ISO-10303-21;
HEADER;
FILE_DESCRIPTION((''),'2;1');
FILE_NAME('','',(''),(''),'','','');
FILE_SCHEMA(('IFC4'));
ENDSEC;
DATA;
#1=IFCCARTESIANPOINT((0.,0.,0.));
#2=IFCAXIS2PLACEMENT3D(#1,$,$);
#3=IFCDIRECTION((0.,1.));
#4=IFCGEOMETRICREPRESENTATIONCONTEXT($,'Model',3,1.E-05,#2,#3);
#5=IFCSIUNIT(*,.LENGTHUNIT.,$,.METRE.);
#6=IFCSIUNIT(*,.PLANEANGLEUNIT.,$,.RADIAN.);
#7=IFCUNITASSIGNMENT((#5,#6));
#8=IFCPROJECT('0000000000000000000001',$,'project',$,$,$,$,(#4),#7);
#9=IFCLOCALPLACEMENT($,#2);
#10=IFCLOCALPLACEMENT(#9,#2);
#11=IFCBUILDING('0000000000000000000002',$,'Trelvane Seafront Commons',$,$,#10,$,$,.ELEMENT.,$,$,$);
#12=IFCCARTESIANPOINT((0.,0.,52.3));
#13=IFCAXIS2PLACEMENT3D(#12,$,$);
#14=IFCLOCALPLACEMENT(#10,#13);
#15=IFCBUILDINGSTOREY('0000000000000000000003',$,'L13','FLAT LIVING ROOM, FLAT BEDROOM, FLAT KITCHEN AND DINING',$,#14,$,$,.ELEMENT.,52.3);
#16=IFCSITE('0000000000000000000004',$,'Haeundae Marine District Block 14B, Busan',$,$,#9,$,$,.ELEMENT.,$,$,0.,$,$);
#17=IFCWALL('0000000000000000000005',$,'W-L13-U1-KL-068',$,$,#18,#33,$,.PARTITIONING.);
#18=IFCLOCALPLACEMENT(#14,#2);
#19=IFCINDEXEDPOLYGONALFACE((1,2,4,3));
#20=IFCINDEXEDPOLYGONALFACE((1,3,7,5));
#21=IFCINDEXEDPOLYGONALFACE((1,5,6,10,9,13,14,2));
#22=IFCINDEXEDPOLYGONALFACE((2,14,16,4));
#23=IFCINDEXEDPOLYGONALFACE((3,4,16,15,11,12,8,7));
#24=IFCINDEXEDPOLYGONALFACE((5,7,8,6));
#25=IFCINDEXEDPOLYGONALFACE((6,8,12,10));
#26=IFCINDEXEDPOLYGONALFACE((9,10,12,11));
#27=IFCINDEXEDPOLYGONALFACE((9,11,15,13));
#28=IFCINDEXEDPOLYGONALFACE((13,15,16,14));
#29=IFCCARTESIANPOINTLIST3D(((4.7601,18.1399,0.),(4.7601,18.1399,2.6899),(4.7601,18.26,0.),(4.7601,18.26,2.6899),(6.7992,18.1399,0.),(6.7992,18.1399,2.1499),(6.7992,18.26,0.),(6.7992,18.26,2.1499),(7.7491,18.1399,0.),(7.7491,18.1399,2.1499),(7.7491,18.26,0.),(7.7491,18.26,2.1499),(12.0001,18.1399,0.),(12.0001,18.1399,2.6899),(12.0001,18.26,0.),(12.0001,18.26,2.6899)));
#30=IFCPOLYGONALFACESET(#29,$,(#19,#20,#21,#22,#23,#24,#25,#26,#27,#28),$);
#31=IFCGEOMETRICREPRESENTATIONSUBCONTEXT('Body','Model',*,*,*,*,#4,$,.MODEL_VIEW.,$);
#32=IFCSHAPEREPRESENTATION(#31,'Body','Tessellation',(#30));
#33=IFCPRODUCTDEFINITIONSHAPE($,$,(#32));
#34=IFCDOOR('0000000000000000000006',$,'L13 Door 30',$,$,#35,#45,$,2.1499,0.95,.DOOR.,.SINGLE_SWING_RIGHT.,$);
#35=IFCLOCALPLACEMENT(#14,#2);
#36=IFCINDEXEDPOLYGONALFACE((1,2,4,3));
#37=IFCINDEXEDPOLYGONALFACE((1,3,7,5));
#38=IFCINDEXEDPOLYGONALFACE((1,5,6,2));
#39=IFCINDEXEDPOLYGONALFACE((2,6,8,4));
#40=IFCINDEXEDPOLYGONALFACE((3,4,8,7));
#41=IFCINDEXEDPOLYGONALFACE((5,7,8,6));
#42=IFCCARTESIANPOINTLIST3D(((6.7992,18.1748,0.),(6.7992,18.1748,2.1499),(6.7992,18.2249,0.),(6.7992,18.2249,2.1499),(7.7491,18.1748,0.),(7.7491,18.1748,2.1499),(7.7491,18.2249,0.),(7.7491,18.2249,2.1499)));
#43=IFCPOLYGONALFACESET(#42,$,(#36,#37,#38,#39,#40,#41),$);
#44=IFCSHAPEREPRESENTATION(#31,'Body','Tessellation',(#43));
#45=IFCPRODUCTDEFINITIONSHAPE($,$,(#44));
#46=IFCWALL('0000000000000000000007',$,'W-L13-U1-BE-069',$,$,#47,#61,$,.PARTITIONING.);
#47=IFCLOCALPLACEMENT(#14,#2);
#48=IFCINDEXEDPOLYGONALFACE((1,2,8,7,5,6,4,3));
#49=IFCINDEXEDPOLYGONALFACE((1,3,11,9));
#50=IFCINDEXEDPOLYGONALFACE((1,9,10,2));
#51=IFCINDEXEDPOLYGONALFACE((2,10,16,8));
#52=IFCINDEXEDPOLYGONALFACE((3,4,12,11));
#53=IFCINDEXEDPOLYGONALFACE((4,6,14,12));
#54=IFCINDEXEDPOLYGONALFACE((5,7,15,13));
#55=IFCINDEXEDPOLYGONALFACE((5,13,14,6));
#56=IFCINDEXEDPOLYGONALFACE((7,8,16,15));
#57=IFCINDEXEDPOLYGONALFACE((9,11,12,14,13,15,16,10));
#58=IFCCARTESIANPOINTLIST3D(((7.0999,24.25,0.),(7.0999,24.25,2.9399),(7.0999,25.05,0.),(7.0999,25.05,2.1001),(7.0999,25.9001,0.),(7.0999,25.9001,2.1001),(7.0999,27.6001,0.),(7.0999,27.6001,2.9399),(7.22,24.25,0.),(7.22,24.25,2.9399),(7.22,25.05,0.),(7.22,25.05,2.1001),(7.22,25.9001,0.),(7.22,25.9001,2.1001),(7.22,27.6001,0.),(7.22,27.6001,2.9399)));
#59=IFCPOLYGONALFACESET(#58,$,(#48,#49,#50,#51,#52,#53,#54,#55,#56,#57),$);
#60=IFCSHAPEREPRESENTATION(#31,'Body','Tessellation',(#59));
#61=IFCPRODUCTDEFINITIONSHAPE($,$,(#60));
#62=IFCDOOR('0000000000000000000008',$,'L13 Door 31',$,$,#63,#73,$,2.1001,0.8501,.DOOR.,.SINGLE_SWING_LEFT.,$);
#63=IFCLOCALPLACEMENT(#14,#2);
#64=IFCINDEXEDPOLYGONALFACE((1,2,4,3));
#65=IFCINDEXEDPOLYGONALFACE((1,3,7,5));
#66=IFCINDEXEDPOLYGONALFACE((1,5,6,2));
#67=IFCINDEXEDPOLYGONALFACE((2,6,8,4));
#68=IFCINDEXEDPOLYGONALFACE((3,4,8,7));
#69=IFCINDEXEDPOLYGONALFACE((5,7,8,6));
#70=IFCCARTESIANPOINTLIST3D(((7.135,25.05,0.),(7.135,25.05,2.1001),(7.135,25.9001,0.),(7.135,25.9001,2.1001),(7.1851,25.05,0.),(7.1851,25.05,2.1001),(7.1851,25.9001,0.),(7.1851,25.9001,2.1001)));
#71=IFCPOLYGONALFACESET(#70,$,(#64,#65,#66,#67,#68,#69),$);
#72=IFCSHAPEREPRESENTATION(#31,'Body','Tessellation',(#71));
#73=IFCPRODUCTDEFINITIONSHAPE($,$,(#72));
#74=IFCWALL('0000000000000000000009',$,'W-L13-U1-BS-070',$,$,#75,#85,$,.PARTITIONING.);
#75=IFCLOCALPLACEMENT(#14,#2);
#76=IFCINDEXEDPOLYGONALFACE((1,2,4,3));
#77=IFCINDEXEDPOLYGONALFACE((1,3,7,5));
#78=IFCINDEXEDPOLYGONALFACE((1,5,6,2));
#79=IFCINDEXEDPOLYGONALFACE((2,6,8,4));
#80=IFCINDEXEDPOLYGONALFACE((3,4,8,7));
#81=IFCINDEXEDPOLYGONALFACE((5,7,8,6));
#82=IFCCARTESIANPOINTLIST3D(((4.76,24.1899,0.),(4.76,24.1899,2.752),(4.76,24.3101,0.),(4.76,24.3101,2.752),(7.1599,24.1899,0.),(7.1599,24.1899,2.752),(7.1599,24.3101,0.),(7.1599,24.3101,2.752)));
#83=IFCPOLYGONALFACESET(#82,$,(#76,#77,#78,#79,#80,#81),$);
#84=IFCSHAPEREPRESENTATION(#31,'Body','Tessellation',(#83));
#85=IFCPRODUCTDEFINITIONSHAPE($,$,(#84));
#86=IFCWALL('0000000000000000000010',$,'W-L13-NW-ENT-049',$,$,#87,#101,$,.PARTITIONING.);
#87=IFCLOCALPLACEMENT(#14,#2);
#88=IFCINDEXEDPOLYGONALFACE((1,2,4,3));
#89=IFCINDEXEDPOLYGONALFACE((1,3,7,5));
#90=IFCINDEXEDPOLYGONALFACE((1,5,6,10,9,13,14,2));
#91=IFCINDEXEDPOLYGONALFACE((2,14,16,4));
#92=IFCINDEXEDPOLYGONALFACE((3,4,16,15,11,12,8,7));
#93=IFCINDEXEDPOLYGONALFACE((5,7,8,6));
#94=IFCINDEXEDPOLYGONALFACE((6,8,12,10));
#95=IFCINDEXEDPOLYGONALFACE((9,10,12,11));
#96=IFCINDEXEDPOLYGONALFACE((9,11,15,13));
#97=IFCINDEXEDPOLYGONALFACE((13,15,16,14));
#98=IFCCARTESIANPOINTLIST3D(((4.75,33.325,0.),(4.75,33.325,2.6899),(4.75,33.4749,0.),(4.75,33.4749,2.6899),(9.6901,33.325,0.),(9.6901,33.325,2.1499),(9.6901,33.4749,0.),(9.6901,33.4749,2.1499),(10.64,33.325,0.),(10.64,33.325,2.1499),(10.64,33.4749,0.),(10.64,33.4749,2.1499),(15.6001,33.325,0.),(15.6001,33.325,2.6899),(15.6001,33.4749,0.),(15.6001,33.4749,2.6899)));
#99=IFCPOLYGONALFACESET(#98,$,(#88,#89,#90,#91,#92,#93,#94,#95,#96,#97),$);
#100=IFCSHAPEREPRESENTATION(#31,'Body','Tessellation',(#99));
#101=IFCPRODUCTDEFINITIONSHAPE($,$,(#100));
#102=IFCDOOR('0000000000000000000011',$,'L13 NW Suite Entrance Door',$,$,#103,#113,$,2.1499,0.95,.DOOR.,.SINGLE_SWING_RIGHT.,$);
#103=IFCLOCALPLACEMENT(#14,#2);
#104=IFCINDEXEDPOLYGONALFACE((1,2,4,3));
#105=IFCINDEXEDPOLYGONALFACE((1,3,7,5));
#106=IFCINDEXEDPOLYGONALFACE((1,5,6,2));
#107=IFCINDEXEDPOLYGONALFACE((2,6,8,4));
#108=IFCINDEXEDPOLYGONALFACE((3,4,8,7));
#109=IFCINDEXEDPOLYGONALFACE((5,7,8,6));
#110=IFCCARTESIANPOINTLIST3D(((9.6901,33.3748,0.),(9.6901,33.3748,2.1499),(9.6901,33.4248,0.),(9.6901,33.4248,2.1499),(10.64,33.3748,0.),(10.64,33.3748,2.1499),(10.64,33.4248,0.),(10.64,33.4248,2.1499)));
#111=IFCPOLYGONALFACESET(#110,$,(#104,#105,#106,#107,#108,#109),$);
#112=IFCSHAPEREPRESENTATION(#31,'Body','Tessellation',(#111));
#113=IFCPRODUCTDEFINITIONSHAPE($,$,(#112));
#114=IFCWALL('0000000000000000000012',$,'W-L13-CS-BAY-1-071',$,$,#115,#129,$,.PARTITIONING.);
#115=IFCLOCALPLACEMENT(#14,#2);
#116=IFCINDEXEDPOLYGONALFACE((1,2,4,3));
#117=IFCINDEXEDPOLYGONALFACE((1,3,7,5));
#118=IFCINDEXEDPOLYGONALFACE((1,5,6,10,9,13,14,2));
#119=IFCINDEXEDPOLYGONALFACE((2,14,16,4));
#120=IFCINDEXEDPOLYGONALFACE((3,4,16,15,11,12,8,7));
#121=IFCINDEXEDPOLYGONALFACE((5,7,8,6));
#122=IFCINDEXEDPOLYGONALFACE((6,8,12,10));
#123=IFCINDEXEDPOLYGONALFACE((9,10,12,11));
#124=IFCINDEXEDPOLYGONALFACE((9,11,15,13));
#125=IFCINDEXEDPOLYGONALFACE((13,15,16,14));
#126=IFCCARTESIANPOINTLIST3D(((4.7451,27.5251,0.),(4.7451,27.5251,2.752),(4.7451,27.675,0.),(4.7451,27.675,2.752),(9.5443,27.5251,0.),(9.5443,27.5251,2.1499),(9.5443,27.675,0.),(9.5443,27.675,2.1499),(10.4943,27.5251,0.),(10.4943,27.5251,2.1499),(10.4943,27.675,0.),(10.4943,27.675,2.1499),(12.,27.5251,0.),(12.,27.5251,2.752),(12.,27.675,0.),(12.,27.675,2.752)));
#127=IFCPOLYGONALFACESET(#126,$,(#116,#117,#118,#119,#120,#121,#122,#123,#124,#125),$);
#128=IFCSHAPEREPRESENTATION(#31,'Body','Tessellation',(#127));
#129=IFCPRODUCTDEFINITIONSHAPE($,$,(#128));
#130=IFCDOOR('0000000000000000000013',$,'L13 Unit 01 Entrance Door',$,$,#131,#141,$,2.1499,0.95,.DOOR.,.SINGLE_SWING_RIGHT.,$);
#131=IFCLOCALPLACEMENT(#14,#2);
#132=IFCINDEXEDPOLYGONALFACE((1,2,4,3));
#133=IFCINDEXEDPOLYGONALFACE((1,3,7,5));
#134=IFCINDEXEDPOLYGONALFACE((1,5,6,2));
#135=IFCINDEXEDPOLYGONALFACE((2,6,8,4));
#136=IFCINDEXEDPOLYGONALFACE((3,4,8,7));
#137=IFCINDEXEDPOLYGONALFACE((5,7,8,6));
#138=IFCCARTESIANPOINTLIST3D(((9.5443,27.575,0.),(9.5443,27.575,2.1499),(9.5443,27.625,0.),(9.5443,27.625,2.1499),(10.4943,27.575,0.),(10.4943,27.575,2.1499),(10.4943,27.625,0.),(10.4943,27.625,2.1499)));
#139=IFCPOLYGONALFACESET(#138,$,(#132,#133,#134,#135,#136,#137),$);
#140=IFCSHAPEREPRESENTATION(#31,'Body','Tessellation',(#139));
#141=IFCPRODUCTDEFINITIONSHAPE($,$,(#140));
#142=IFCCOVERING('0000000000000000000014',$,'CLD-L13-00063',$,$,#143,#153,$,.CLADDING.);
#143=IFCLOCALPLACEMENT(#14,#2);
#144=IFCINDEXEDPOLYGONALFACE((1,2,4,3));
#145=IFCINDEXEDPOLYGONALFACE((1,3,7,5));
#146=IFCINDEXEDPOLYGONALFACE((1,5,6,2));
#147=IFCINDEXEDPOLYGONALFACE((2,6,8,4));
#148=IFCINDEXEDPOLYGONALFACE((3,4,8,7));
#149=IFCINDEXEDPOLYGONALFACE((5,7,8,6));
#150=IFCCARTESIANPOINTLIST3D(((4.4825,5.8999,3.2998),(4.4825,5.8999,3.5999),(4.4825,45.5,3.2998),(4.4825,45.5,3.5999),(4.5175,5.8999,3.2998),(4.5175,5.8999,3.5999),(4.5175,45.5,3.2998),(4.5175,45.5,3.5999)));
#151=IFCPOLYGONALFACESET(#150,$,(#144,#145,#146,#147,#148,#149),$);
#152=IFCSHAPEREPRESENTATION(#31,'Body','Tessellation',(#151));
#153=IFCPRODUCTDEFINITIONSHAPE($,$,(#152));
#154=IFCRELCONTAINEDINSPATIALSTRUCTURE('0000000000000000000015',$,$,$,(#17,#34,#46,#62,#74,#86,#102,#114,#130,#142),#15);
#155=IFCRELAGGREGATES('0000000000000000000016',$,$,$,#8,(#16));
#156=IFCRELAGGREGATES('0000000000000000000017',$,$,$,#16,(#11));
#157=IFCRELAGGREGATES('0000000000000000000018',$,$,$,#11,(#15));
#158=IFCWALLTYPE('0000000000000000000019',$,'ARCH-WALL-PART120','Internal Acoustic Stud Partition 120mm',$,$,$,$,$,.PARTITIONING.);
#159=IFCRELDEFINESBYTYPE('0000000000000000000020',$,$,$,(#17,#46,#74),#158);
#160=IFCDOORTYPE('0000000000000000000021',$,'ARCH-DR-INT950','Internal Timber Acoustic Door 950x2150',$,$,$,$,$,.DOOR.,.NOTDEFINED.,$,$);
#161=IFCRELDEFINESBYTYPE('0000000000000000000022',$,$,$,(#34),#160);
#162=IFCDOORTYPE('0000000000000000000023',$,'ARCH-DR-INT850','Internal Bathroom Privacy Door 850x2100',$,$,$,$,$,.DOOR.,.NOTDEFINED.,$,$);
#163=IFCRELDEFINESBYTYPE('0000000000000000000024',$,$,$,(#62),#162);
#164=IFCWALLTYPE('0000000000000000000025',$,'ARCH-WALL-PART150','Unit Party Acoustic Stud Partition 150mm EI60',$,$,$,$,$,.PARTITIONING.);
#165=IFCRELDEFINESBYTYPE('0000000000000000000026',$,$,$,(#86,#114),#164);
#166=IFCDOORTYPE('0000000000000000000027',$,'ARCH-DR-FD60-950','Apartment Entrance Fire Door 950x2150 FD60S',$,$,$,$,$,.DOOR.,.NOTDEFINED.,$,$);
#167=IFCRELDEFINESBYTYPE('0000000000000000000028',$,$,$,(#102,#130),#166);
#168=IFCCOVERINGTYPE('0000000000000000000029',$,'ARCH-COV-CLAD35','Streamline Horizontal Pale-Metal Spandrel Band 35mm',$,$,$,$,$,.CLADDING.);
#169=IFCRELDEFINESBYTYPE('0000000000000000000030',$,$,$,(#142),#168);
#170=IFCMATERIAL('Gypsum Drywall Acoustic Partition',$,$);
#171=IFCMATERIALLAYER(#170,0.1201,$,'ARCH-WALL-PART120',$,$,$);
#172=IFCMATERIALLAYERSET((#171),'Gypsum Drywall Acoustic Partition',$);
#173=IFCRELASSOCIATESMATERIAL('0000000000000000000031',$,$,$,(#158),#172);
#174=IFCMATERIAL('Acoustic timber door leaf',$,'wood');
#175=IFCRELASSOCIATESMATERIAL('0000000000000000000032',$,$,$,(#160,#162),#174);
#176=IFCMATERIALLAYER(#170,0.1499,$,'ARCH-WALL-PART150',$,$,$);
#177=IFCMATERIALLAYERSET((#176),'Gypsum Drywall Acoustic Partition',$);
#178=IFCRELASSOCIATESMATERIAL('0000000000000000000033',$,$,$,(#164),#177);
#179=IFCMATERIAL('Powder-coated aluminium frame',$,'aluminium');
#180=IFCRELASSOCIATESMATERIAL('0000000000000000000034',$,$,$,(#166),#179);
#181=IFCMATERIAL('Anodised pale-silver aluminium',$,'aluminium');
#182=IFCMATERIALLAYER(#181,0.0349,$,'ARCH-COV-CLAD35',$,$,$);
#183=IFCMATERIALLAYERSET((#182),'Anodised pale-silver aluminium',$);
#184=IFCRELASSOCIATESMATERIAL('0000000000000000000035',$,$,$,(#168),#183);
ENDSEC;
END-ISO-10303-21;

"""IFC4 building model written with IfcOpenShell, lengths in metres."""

from ifc_helpers import new_model, si_unit, direction, frame, frame_2d, origin, origin_2d, place, context, subcontext, project, spatial, rectangle, extrude, source, transform, mapped, material, layer, layer_set, type_object, element, fill, save


model = new_model("IFC4")

# Units and contexts
model_context = context("Model", 3, precision=1e-05, world=origin(), true_north=direction((0.0, 1.0)))
body_context = subcontext(model_context, "Body", "Model", "MODEL_VIEW")
ifc_project = project(units=[si_unit("LENGTHUNIT", "METRE"), si_unit("PLANEANGLEUNIT", "RADIAN")], contexts=[model_context])

# Site, building, storey
site_placement = place(None, origin())
site = spatial("IfcSite", under=ifc_project, at=site_placement, Name="Haeundae Marine District Block 14B, Busan", CompositionType="ELEMENT", RefElevation=0.0)
building_placement = place(site_placement, origin())
building = spatial("IfcBuilding", under=site, at=building_placement, Name="Trelvane Seafront Commons", CompositionType="ELEMENT")
storey_placement = place(building_placement, frame((0.0, 0.0, 52.3)))
storey = spatial("IfcBuildingStorey", under=building, at=storey_placement, Name="L13", Description="FLAT LIVING ROOM, FLAT BEDROOM, FLAT KITCHEN AND DINING", CompositionType="ELEMENT", Elevation=52.3)

# Walls, openings, doors
ifc_material_1 = material(Name="Gypsum Drywall Acoustic Partition")
ifc_layer_1 = layer(ifc_material_1, 0.1201, Name="ARCH-WALL-PART120")
ifc_layer_set_1 = layer_set([ifc_layer_1], Name="Gypsum Drywall Acoustic Partition")
wall_type_1 = type_object("IfcWallType", Name="ARCH-WALL-PART120", Description="Internal Acoustic Stud Partition 120mm", PredefinedType="PARTITIONING", material=ifc_layer_set_1)
ifc_material_2 = material(Name="Acoustic timber door leaf", Category="wood")
door_type_1 = type_object("IfcDoorType", Name="ARCH-DR-INT950", Description="Internal Timber Acoustic Door 950x2150", OperationType="NOTDEFINED", PredefinedType="DOOR", material=ifc_material_2)
shared_shape_1 = source(origin(), body_context, "Body", "SweptSolid", [
    extrude(rectangle(XDim=0.95, YDim=2.1499, at=frame_2d((0.4751, 1.075))), frame((0.0, 0.0249, 0.0), z_axis=(0.0, -1.0, 0.0), x_axis=(1.0, 0.0, 0.0)), (0.0, 0.0, 1.0), 0.05),
])
wall_1_placement = place(storey_placement, frame((4.76, 18.2, 0.0), z_axis=(0.0, 0.0, 1.0), x_axis=(1.0, 0.0, 0.0)))
wall_1 = element("IfcWall", 1, at=wall_1_placement, inside=storey, type_object=wall_type_1, Name="W-L13-U1-KL-068", PredefinedType="PARTITIONING", context=body_context, shape_type="SweptSolid", body=[
    extrude(rectangle(XDim=7.24, YDim=0.1201, at=frame_2d((3.6201, 0.0))), origin(), (0.0, 0.0, 1.0), 2.6899),
])
opening_1_placement = place(wall_1_placement, frame((2.0391, 0.0, 0.0)))
opening_1 = element("IfcOpeningElement", 2, at=opening_1_placement, cuts=wall_1, PredefinedType="OPENING", context=body_context, shape_type="SweptSolid", body=[
    extrude(rectangle(XDim=0.95, YDim=2.1499, at=frame_2d((0.4751, 1.075))), frame((0.0, 0.0701, 0.0), z_axis=(0.0, -1.0, 0.0), x_axis=(1.0, 0.0, 0.0)), (0.0, 0.0, 1.0), 0.1401),
])
door_1_placement = place(opening_1_placement, origin())
door_1 = element("IfcDoor", 3, at=door_1_placement, inside=storey, type_object=door_type_1, Name="L13 Door 30", OperationType="SINGLE_SWING_RIGHT", OverallHeight=2.1499, OverallWidth=0.95, PredefinedType="DOOR", context=body_context, shape_type="MappedRepresentation", body=[
    mapped(shared_shape_1, transform((0.0, 0.0, 0.0), x_axis=(1.0, 0.0, 0.0), y_axis=(0.0, 1.0, 0.0), z_axis=(0.0, 0.0, 1.0), scale=1.0)),
])
fill(opening_1, door_1)
wall_2_placement = place(storey_placement, frame((7.1599, 24.25, 0.0), z_axis=(0.0, 0.0, 1.0), x_axis=(0.0, 1.0, 0.0)))
wall_2 = element("IfcWall", 4, at=wall_2_placement, inside=storey, type_object=wall_type_1, Name="W-L13-U1-BE-069", PredefinedType="PARTITIONING", context=body_context, shape_type="SweptSolid", body=[
    extrude(rectangle(XDim=3.3501, YDim=0.1201, at=frame_2d((1.675, 0.0))), origin(), (0.0, 0.0, 1.0), 2.9399),
])
opening_2_placement = place(wall_2_placement, frame((0.8, 0.0, 0.0)))
opening_2 = element("IfcOpeningElement", 5, at=opening_2_placement, cuts=wall_2, PredefinedType="OPENING", context=body_context, shape_type="SweptSolid", body=[
    extrude(rectangle(XDim=0.8501, YDim=2.1001, at=frame_2d((0.425, 1.05))), frame((0.0, 0.0701, 0.0), z_axis=(0.0, -1.0, 0.0), x_axis=(1.0, 0.0, 0.0)), (0.0, 0.0, 1.0), 0.1401),
])
door_type_2 = type_object("IfcDoorType", Name="ARCH-DR-INT850", Description="Internal Bathroom Privacy Door 850x2100", OperationType="NOTDEFINED", PredefinedType="DOOR", material=ifc_material_2)
shared_shape_2 = source(origin(), body_context, "Body", "SweptSolid", [
    extrude(rectangle(XDim=0.8501, YDim=2.1001, at=frame_2d((0.425, 1.05))), frame((0.0, 0.0249, 0.0), z_axis=(0.0, -1.0, 0.0), x_axis=(1.0, 0.0, 0.0)), (0.0, 0.0, 1.0), 0.05),
])
door_2_placement = place(opening_2_placement, origin())
door_2 = element("IfcDoor", 6, at=door_2_placement, inside=storey, type_object=door_type_2, Name="L13 Door 31", OperationType="SINGLE_SWING_LEFT", OverallHeight=2.1001, OverallWidth=0.8501, PredefinedType="DOOR", context=body_context, shape_type="MappedRepresentation", body=[
    mapped(shared_shape_2, transform((0.0, 0.0, 0.0), x_axis=(1.0, 0.0, 0.0), y_axis=(0.0, 1.0, 0.0), z_axis=(0.0, 0.0, 1.0), scale=1.0)),
])
fill(opening_2, door_2)

# Wall
wall_3_placement = place(storey_placement, frame((4.76, 24.25, 0.0), z_axis=(0.0, 0.0, 1.0), x_axis=(1.0, 0.0, 0.0)))
element("IfcWall", 7, at=wall_3_placement, inside=storey, type_object=wall_type_1, Name="W-L13-U1-BS-070", PredefinedType="PARTITIONING", context=body_context, shape_type="SweptSolid", body=[
    extrude(rectangle(XDim=2.3999, YDim=0.1201, at=frame_2d((1.2, 0.0))), origin(), (0.0, 0.0, 1.0), 2.752),
])

# Walls, openings, doors
ifc_layer_2 = layer(ifc_material_1, 0.1499, Name="ARCH-WALL-PART150")
ifc_layer_set_2 = layer_set([ifc_layer_2], Name="Gypsum Drywall Acoustic Partition")
wall_type_2 = type_object("IfcWallType", Name="ARCH-WALL-PART150", Description="Unit Party Acoustic Stud Partition 150mm EI60", PredefinedType="PARTITIONING", material=ifc_layer_set_2)
wall_4_placement = place(storey_placement, frame((4.75, 33.3999, 0.0), z_axis=(0.0, 0.0, 1.0), x_axis=(1.0, 0.0, 0.0)))
wall_4 = element("IfcWall", 8, at=wall_4_placement, inside=storey, type_object=wall_type_2, Name="W-L13-NW-ENT-049", PredefinedType="PARTITIONING", context=body_context, shape_type="SweptSolid", body=[
    extrude(rectangle(XDim=10.8501, YDim=0.1499, at=frame_2d((5.425, 0.0))), origin(), (0.0, 0.0, 1.0), 2.6899),
])
opening_3_placement = place(wall_4_placement, frame((4.9399, 0.0, 0.0)))
opening_3 = element("IfcOpeningElement", 9, at=opening_3_placement, cuts=wall_4, PredefinedType="OPENING", context=body_context, shape_type="SweptSolid", body=[
    extrude(rectangle(XDim=0.95, YDim=2.1499, at=frame_2d((0.4751, 1.075))), frame((0.0, 0.085, 0.0), z_axis=(0.0, -1.0, 0.0), x_axis=(1.0, 0.0, 0.0)), (0.0, 0.0, 1.0), 0.1699),
])
ifc_material_3 = material(Name="Powder-coated aluminium frame", Category="aluminium")
door_type_3 = type_object("IfcDoorType", Name="ARCH-DR-FD60-950", Description="Apartment Entrance Fire Door 950x2150 FD60S", OperationType="NOTDEFINED", PredefinedType="DOOR", material=ifc_material_3)
door_3_placement = place(opening_3_placement, origin())
door_3 = element("IfcDoor", 10, at=door_3_placement, inside=storey, type_object=door_type_3, Name="L13 NW Suite Entrance Door", OperationType="SINGLE_SWING_RIGHT", OverallHeight=2.1499, OverallWidth=0.95, PredefinedType="DOOR", context=body_context, shape_type="MappedRepresentation", body=[
    mapped(shared_shape_1, transform((0.0, 0.0, 0.0), x_axis=(1.0, 0.0, 0.0), y_axis=(0.0, 1.0, 0.0), z_axis=(0.0, 0.0, 1.0), scale=1.0)),
])
fill(opening_3, door_3)
wall_5_placement = place(storey_placement, frame((4.7451, 27.6001, 0.0), z_axis=(0.0, 0.0, 1.0), x_axis=(1.0, 0.0, 0.0)))
wall_5 = element("IfcWall", 11, at=wall_5_placement, inside=storey, type_object=wall_type_2, Name="W-L13-CS-BAY-1-071", PredefinedType="PARTITIONING", context=body_context, shape_type="SweptSolid", body=[
    extrude(rectangle(XDim=7.2549, YDim=0.1499, at=frame_2d((3.6274, 0.0))), origin(), (0.0, 0.0, 1.0), 2.752),
])
opening_4_placement = place(wall_5_placement, frame((4.7991, 0.0, 0.0)))
opening_4 = element("IfcOpeningElement", 12, at=opening_4_placement, cuts=wall_5, PredefinedType="OPENING", context=body_context, shape_type="SweptSolid", body=[
    extrude(rectangle(XDim=0.95, YDim=2.1499, at=frame_2d((0.4751, 1.075))), frame((0.0, 0.085, 0.0), z_axis=(0.0, -1.0, 0.0), x_axis=(1.0, 0.0, 0.0)), (0.0, 0.0, 1.0), 0.1699),
])
door_4_placement = place(opening_4_placement, origin())
door_4 = element("IfcDoor", 13, at=door_4_placement, inside=storey, type_object=door_type_3, Name="L13 Unit 01 Entrance Door", OperationType="SINGLE_SWING_RIGHT", OverallHeight=2.1499, OverallWidth=0.95, PredefinedType="DOOR", context=body_context, shape_type="MappedRepresentation", body=[
    mapped(shared_shape_1, transform((0.0, 0.0, 0.0), x_axis=(1.0, 0.0, 0.0), y_axis=(0.0, 1.0, 0.0), z_axis=(0.0, 0.0, 1.0), scale=1.0)),
])
fill(opening_4, door_4)

# Covering
ifc_material_4 = material(Name="Anodised pale-silver aluminium", Category="aluminium")
ifc_layer_3 = layer(ifc_material_4, 0.0349, Name="ARCH-COV-CLAD35")
ifc_layer_set_3 = layer_set([ifc_layer_3], Name="Anodised pale-silver aluminium")
covering_type = type_object("IfcCoveringType", Name="ARCH-COV-CLAD35", Description="Streamline Horizontal Pale-Metal Spandrel Band 35mm", PredefinedType="CLADDING", material=ifc_layer_set_3)
shared_shape_3 = source(origin(), body_context, "Body", "SweptSolid", [
    extrude(rectangle(XDim=39.6001, YDim=0.0349, at=origin_2d()), origin(), (0.0, 0.0, 1.0), 0.3),
])
covering_placement = place(storey_placement, frame((4.5, 25.7, 3.2998), z_axis=(0.0, 0.0, 1.0), x_axis=(0.0, 1.0, 0.0)))
element("IfcCovering", 14, at=covering_placement, inside=storey, type_object=covering_type, Name="CLD-L13-00063", PredefinedType="CLADDING", context=body_context, shape_type="MappedRepresentation", body=[
    mapped(shared_shape_3, transform((0.0, 0.0, 0.0), x_axis=(1.0, 0.0, 0.0), y_axis=(0.0, 1.0, 0.0), z_axis=(0.0, 0.0, 1.0), scale=1.0)),
])

save(model, "model.ifc")
